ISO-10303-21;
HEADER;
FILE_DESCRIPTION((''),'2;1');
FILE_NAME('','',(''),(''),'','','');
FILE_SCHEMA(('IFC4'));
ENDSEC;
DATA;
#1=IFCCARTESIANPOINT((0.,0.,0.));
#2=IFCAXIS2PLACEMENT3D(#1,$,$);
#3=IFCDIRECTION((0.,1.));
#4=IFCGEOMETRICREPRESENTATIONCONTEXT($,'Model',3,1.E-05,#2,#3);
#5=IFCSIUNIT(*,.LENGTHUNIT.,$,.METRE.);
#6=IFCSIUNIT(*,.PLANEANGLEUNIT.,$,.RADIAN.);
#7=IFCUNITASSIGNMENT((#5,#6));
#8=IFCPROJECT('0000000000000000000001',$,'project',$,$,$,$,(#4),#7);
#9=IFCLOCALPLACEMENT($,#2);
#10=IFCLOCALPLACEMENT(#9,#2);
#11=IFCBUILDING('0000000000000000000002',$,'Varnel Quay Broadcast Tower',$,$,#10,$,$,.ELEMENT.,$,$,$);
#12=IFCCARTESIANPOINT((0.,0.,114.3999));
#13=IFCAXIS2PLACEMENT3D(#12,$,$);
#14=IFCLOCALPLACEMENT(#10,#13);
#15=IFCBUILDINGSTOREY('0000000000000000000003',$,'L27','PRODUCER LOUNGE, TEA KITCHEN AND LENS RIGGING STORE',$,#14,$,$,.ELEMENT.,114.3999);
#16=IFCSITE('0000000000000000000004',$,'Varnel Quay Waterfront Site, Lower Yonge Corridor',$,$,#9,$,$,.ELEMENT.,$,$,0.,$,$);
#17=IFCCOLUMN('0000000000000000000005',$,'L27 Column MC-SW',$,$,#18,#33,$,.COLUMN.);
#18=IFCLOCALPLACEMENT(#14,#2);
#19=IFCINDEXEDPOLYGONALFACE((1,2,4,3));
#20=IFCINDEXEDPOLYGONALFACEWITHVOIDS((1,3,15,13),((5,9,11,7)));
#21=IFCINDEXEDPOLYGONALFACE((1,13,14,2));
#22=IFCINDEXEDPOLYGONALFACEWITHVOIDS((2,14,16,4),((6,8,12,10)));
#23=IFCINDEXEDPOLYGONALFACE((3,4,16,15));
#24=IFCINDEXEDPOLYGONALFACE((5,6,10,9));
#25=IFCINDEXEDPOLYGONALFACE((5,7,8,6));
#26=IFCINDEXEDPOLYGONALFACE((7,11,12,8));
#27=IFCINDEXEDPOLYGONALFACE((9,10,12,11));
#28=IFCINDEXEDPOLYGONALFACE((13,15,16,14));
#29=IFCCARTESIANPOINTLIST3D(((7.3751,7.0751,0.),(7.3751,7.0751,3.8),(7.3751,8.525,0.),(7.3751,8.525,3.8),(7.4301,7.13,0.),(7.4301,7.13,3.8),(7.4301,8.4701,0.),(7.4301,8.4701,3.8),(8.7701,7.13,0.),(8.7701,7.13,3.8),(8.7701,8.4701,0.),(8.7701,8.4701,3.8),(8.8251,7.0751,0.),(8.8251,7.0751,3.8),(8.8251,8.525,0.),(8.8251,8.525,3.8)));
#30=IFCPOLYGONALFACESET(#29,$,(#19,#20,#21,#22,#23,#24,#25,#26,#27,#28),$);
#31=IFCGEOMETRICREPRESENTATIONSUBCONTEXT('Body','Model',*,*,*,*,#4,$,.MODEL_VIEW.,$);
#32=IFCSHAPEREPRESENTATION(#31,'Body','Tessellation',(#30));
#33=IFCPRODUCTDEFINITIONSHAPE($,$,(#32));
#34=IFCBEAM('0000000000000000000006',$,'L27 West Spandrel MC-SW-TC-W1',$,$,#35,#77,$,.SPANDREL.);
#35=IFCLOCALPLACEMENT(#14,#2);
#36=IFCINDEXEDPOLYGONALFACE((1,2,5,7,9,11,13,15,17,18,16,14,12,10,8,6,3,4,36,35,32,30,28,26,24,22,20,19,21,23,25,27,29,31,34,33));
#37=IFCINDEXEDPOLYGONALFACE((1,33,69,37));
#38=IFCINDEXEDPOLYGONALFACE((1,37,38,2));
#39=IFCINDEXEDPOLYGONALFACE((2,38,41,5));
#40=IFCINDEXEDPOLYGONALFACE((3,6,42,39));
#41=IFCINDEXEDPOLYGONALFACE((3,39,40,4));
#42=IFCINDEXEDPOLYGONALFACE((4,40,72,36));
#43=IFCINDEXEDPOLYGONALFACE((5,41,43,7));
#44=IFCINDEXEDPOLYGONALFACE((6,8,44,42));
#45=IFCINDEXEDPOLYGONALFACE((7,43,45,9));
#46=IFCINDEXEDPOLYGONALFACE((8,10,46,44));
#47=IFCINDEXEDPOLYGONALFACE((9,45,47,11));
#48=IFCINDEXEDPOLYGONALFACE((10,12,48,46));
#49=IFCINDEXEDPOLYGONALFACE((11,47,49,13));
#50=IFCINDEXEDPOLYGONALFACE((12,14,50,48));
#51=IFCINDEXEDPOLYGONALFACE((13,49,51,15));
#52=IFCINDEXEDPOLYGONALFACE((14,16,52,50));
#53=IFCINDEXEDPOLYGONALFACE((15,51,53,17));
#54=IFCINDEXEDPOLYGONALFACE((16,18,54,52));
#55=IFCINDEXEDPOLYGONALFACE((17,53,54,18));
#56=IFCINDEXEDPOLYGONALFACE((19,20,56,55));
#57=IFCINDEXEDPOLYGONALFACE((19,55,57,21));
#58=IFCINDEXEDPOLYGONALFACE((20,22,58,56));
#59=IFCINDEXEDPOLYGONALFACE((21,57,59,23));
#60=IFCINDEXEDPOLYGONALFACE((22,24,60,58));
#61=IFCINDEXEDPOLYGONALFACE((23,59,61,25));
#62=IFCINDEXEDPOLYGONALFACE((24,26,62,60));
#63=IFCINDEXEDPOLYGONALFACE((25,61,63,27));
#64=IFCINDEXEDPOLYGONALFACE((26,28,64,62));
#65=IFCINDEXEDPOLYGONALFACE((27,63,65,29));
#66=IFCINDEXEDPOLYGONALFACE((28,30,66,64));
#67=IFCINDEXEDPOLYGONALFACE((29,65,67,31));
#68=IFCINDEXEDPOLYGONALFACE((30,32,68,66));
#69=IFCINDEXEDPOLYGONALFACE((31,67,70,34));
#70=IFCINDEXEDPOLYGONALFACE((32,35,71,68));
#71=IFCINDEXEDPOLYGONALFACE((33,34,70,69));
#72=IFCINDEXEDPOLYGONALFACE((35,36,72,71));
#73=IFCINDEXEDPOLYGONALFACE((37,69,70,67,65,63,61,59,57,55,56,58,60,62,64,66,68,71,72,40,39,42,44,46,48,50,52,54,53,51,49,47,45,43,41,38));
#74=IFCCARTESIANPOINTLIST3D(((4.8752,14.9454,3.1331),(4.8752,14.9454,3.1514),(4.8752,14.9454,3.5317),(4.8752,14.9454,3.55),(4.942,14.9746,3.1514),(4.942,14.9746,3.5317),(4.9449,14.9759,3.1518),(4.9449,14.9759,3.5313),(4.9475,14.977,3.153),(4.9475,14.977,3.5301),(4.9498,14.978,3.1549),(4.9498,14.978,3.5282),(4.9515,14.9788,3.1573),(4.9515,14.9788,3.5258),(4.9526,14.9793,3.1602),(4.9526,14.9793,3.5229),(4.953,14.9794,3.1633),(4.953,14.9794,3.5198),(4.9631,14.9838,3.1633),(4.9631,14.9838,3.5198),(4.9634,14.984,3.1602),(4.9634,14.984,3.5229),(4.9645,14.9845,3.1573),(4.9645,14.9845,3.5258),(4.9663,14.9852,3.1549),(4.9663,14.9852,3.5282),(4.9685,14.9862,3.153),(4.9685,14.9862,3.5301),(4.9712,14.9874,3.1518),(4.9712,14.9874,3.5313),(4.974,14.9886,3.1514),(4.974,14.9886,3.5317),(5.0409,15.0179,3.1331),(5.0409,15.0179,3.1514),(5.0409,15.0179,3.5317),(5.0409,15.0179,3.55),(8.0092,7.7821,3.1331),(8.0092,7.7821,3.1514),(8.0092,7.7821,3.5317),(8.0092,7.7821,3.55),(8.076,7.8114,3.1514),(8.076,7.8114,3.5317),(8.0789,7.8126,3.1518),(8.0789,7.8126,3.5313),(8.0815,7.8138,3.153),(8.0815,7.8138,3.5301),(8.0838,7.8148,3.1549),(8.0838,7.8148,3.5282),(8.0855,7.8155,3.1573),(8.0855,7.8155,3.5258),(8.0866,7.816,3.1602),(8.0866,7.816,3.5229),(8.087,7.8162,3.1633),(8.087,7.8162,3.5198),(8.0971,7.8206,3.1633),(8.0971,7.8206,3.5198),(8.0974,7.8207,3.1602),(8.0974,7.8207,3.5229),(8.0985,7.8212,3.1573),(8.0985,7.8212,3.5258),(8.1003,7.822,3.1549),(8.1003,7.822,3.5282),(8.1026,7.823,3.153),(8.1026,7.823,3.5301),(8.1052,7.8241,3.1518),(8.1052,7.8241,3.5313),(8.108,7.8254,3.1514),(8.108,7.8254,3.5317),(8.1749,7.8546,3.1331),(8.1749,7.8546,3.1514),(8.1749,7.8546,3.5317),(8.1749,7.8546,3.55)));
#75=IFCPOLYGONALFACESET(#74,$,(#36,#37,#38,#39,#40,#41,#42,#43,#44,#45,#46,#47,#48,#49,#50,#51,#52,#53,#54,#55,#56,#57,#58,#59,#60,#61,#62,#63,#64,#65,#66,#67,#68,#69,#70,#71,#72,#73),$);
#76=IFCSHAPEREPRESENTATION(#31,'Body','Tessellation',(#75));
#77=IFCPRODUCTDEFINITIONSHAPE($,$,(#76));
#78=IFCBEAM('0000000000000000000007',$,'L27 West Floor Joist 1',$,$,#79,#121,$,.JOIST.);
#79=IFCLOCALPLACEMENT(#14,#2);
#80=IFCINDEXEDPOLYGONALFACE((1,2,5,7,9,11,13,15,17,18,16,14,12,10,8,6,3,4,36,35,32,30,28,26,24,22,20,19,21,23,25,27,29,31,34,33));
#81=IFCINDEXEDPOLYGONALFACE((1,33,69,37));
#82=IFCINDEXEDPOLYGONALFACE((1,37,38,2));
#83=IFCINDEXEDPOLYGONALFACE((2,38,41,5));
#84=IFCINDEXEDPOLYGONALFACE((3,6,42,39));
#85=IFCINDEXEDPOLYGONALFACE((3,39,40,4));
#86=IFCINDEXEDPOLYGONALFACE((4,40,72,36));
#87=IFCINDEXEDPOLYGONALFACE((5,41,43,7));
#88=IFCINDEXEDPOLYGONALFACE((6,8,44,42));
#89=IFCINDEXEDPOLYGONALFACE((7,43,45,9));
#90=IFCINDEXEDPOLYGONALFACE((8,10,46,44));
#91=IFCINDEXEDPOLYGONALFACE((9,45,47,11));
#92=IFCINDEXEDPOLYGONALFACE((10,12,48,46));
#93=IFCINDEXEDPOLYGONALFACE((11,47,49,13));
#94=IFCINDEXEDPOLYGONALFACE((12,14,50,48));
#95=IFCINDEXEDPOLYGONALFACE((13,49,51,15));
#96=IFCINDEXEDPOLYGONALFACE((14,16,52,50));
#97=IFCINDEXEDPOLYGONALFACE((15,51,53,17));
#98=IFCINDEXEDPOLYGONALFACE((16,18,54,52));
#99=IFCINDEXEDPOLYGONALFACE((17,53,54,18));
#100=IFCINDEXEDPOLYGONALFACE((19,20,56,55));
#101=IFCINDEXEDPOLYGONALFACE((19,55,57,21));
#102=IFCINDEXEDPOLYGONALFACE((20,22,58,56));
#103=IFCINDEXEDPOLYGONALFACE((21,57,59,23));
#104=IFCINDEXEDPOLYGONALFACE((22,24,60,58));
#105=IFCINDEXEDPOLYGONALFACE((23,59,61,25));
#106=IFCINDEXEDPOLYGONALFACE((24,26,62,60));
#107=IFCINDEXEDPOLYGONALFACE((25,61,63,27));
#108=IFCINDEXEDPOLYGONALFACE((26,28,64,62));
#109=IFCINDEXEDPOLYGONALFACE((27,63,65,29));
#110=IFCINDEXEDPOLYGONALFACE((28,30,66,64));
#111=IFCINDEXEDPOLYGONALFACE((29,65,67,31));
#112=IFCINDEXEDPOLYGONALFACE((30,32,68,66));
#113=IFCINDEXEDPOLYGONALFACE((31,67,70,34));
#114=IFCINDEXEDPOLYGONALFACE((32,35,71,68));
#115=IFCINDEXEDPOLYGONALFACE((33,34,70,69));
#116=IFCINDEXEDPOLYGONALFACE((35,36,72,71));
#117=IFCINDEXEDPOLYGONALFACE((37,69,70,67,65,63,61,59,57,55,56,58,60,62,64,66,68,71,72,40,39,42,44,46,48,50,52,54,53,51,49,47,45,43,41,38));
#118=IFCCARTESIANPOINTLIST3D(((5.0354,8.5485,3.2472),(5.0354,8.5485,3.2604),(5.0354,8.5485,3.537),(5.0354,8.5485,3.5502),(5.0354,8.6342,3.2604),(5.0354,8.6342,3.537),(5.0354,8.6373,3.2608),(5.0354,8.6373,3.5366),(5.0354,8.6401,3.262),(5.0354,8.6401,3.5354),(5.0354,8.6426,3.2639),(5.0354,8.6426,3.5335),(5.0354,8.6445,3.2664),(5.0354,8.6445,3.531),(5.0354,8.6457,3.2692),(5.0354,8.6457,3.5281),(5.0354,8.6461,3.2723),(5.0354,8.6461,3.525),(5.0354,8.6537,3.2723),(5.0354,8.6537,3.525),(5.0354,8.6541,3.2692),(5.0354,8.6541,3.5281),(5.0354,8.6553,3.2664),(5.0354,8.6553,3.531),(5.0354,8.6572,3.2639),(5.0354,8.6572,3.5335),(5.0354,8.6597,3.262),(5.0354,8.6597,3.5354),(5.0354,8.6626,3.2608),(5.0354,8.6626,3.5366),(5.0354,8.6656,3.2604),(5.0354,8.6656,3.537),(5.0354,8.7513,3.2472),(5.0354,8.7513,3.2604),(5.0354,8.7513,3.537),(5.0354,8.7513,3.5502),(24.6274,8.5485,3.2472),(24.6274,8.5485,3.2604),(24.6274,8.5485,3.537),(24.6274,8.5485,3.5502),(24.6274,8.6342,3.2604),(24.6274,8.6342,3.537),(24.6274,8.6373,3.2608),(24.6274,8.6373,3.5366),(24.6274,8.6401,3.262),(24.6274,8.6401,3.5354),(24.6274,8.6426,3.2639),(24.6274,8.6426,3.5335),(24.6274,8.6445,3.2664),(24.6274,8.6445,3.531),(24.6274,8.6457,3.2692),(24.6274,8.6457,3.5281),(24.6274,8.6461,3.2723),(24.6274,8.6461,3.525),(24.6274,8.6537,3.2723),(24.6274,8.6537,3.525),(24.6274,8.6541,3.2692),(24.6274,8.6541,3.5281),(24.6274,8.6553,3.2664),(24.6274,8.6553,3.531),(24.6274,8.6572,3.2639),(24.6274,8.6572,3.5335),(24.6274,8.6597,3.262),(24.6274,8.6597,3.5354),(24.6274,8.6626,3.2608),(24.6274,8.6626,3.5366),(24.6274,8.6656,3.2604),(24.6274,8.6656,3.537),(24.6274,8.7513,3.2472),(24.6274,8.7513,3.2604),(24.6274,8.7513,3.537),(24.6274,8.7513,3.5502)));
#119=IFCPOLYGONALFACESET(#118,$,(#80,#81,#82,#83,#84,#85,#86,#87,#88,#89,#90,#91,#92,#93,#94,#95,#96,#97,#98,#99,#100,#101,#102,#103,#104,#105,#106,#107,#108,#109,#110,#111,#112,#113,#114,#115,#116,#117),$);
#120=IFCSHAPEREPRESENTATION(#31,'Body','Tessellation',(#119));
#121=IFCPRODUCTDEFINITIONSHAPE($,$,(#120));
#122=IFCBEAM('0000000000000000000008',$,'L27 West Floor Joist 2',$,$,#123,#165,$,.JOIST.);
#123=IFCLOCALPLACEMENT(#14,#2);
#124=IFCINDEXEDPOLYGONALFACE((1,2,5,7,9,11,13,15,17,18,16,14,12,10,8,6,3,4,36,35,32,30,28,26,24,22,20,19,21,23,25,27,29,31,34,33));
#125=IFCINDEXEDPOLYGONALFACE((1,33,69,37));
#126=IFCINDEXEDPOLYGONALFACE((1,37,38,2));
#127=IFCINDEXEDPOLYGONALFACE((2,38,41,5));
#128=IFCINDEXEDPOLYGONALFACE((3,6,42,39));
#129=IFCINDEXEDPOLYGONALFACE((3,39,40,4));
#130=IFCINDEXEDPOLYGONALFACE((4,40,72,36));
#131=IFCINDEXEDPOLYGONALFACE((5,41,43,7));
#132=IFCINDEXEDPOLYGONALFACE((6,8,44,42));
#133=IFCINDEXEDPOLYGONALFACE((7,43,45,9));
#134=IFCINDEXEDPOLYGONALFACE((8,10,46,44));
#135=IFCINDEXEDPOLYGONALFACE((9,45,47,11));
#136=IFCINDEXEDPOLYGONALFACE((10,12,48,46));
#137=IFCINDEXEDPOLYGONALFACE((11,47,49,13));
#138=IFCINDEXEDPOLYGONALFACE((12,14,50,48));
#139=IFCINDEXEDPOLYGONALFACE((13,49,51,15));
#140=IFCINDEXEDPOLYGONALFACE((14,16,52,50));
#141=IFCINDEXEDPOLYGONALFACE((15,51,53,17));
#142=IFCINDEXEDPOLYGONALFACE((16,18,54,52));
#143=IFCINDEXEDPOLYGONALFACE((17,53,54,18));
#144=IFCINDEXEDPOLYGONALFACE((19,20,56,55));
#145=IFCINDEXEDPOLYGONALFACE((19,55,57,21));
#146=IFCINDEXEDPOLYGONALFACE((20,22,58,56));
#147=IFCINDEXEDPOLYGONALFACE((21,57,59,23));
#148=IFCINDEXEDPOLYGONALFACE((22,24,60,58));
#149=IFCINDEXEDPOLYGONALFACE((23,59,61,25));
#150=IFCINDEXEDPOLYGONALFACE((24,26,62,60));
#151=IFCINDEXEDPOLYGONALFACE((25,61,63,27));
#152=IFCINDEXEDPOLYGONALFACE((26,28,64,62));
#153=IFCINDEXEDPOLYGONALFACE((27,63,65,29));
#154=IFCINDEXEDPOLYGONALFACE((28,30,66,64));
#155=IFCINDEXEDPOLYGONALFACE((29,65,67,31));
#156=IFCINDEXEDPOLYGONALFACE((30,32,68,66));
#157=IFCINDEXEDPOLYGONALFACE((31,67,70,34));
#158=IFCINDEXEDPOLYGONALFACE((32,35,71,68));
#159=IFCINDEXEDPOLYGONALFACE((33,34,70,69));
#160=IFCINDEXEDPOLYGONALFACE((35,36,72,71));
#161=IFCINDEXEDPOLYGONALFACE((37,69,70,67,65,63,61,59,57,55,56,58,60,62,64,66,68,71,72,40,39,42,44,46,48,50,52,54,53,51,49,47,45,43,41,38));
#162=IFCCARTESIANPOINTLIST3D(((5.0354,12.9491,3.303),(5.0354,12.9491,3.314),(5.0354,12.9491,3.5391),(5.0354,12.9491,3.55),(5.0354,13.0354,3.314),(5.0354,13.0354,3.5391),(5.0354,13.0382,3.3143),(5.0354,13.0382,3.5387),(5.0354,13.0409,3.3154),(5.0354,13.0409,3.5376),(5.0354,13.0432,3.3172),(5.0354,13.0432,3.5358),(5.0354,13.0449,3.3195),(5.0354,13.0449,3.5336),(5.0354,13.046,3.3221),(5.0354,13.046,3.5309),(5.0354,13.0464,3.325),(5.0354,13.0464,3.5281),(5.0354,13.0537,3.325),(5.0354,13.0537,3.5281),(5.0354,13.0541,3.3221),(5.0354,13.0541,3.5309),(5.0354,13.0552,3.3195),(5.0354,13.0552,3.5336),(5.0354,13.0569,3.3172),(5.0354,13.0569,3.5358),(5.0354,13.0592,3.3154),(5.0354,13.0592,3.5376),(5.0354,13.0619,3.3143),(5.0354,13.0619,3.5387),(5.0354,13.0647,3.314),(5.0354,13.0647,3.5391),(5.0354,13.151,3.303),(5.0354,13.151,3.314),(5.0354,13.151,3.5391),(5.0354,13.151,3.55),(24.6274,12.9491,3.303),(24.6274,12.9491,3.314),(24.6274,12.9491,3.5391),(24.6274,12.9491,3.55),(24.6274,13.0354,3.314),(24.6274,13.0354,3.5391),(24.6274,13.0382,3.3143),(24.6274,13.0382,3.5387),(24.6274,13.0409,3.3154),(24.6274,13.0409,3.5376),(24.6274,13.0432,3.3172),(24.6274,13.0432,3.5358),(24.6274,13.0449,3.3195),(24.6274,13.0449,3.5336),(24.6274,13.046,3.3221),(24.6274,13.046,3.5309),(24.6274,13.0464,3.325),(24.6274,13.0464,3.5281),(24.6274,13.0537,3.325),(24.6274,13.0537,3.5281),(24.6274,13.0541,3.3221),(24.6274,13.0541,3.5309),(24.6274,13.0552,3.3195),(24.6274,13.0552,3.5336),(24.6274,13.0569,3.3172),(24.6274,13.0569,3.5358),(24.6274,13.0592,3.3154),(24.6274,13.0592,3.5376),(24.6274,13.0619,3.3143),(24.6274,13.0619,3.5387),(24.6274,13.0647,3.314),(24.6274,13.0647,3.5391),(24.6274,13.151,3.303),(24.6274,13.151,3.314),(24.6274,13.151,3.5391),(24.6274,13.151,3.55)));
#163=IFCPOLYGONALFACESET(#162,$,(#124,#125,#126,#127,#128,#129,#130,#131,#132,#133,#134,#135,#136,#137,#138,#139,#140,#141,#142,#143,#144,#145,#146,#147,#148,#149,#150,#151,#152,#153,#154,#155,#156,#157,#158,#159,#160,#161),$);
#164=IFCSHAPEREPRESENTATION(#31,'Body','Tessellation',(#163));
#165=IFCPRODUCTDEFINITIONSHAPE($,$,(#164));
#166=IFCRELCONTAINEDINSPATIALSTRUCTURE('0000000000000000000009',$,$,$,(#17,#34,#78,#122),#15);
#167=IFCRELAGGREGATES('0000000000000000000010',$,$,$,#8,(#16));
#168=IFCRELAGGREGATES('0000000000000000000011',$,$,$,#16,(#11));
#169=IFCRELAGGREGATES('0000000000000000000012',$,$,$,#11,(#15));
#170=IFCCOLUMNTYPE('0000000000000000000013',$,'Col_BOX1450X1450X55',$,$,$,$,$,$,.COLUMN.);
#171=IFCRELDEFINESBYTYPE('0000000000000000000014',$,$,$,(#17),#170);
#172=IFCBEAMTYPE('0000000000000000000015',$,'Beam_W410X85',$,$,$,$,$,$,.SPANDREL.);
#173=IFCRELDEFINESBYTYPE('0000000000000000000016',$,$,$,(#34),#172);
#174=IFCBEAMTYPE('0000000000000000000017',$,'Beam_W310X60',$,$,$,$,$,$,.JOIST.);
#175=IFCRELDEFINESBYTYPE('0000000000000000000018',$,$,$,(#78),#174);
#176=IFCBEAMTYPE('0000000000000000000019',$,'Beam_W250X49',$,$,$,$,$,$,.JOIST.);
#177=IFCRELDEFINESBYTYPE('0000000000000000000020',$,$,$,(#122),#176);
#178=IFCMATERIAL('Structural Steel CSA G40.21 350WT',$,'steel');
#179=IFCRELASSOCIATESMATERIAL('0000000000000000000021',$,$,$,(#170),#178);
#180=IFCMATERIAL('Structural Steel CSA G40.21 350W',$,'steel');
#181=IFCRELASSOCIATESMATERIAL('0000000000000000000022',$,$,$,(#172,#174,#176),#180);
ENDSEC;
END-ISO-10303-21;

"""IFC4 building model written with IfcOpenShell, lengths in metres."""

from ifc_helpers import new_model, si_unit, direction, frame, origin, origin_2d, place, context, subcontext, project, spatial, hollow_rectangle, i_section, extrude, source, transform, mapped, material, material_profile, profile_set, type_object, type_shapes, element, save


model = new_model("IFC4")

# Units and contexts
model_context = context("Model", 3, precision=1e-05, world=origin(), true_north=direction((0.0, 1.0)))
body_context = subcontext(model_context, "Body", "Model", "MODEL_VIEW")
ifc_project = project(units=[si_unit("LENGTHUNIT", "METRE"), si_unit("PLANEANGLEUNIT", "RADIAN")], contexts=[model_context])

# Site, building, storey
site_placement = place(None, origin())
site = spatial("IfcSite", under=ifc_project, at=site_placement, Name="Varnel Quay Waterfront Site, Lower Yonge Corridor", CompositionType="ELEMENT", RefElevation=0.0)
building_placement = place(site_placement, origin())
building = spatial("IfcBuilding", under=site, at=building_placement, Name="Varnel Quay Broadcast Tower", CompositionType="ELEMENT")
storey_placement = place(building_placement, frame((0.0, 0.0, 114.3999)))
storey = spatial("IfcBuildingStorey", under=building, at=storey_placement, Name="L27", Description="PRODUCER LOUNGE, TEA KITCHEN AND LENS RIGGING STORE", CompositionType="ELEMENT", Elevation=114.3999)

# Column
ifc_material_1 = material(Name="Structural Steel CSA G40.21 350WT", Category="steel")
ifc_material_profile_1 = material_profile(ifc_material_1, hollow_rectangle(XDim=1.45, YDim=1.45, WallThickness=0.0549, at=origin_2d()), Name="BOX1450X1450X55")
ifc_profile_set_1 = profile_set([ifc_material_profile_1], Name="Structural Steel CSA G40.21 350WT")
column_type = type_object("IfcColumnType", Name="Col_BOX1450X1450X55", PredefinedType="COLUMN", material=ifc_profile_set_1)
shared_shape_1 = source(origin(), body_context, "Body", "SweptSolid", [
    extrude(hollow_rectangle(XDim=1.45, YDim=1.45, WallThickness=0.0549, at=origin_2d()), origin(), (0.0, 0.0, 1.0), 3.8),
])
type_shapes(column_type, [shared_shape_1])
column_placement = place(storey_placement, frame((8.1001, 7.8, 0.0), z_axis=(0.0, 0.0, 1.0), x_axis=(1.0, 0.0, 0.0)))
element("IfcColumn", 1, at=column_placement, inside=storey, type_object=column_type, Name="L27 Column MC-SW", PredefinedType="COLUMN", context=body_context, shape_type="MappedRepresentation", body=[
    mapped(shared_shape_1, transform((0.0, 0.0, 0.0), x_axis=(1.0, 0.0, 0.0), y_axis=(0.0, 1.0, 0.0), z_axis=(0.0, 0.0, 1.0), scale=1.0)),
])

# Beams
ifc_material_2 = material(Name="Structural Steel CSA G40.21 350W", Category="steel")
ifc_material_profile_2 = material_profile(ifc_material_2, i_section(OverallWidth=0.1809, OverallDepth=0.417, WebThickness=0.011, FlangeThickness=0.0183, FilletRadius=0.012, at=origin_2d()), Name="W410X85")
ifc_profile_set_2 = profile_set([ifc_material_profile_2], Name="Structural Steel CSA G40.21 350W")
beam_type_1 = type_object("IfcBeamType", Name="Beam_W410X85", PredefinedType="SPANDREL", material=ifc_profile_set_2)
shared_shape_2 = source(origin(), body_context, "Body", "SweptSolid", [
    extrude(i_section(OverallWidth=0.1809, OverallDepth=0.417, WebThickness=0.011, FlangeThickness=0.0183, FilletRadius=0.012, at=origin_2d()), origin(), (0.0, 0.0, 1.0), 7.8188),
])
type_shapes(beam_type_1, [shared_shape_2])
beam_1_placement = place(storey_placement, frame((8.092, 7.8184, 3.3416), z_axis=(-0.400827, 0.916154, 0.0), x_axis=(-0.916154, -0.400827, 0.0)))
element("IfcBeam", 2, at=beam_1_placement, inside=storey, type_object=beam_type_1, Name="L27 West Spandrel MC-SW-TC-W1", PredefinedType="SPANDREL", context=body_context, shape_type="MappedRepresentation", body=[
    mapped(shared_shape_2, transform((0.0, 0.0, 0.0), x_axis=(1.0, 0.0, 0.0), y_axis=(0.0, 1.0, 0.0), z_axis=(0.0, 0.0, 1.0), scale=1.0)),
])
ifc_material_profile_3 = material_profile(ifc_material_2, i_section(OverallWidth=0.2029, OverallDepth=0.303, WebThickness=0.0076, FlangeThickness=0.0132, FilletRadius=0.012, at=origin_2d()), Name="W310X60")
ifc_profile_set_3 = profile_set([ifc_material_profile_3], Name="Structural Steel CSA G40.21 350W")
beam_type_2 = type_object("IfcBeamType", Name="Beam_W310X60", PredefinedType="JOIST", material=ifc_profile_set_3)
shared_shape_3 = source(origin(), body_context, "Body", "SweptSolid", [
    extrude(i_section(OverallWidth=0.2029, OverallDepth=0.303, WebThickness=0.0076, FlangeThickness=0.0132, FilletRadius=0.012, at=origin_2d()), origin(), (0.0, 0.0, 1.0), 19.592),
])
type_shapes(beam_type_2, [shared_shape_3])
beam_2_placement = place(storey_placement, frame((5.0354, 8.6499, 3.3987), z_axis=(1.0, 0.0, 0.0), x_axis=(0.0, 1.0, 0.0)))
element("IfcBeam", 3, at=beam_2_placement, inside=storey, type_object=beam_type_2, Name="L27 West Floor Joist 1", PredefinedType="JOIST", context=body_context, shape_type="MappedRepresentation", body=[
    mapped(shared_shape_3, transform((0.0, 0.0, 0.0), x_axis=(1.0, 0.0, 0.0), y_axis=(0.0, 1.0, 0.0), z_axis=(0.0, 0.0, 1.0), scale=1.0)),
])
ifc_material_profile_4 = material_profile(ifc_material_2, i_section(OverallWidth=0.2019, OverallDepth=0.2471, WebThickness=0.0073, FlangeThickness=0.011, FilletRadius=0.011, at=origin_2d()), Name="W250X49")
ifc_profile_set_4 = profile_set([ifc_material_profile_4], Name="Structural Steel CSA G40.21 350W")
beam_type_3 = type_object("IfcBeamType", Name="Beam_W250X49", PredefinedType="JOIST", material=ifc_profile_set_4)
shared_shape_4 = source(origin(), body_context, "Body", "SweptSolid", [
    extrude(i_section(OverallWidth=0.2019, OverallDepth=0.2471, WebThickness=0.0073, FlangeThickness=0.011, FilletRadius=0.011, at=origin_2d()), origin(), (0.0, 0.0, 1.0), 19.592),
])
type_shapes(beam_type_3, [shared_shape_4])
beam_3_placement = place(storey_placement, frame((5.0354, 13.05, 3.4265), z_axis=(1.0, 0.0, 0.0), x_axis=(0.0, 1.0, 0.0)))
element("IfcBeam", 4, at=beam_3_placement, inside=storey, type_object=beam_type_3, Name="L27 West Floor Joist 2", PredefinedType="JOIST", context=body_context, shape_type="MappedRepresentation", body=[
    mapped(shared_shape_4, transform((0.0, 0.0, 0.0), x_axis=(1.0, 0.0, 0.0), y_axis=(0.0, 1.0, 0.0), z_axis=(0.0, 0.0, 1.0), scale=1.0)),
])

save(model, "model.ifc")
